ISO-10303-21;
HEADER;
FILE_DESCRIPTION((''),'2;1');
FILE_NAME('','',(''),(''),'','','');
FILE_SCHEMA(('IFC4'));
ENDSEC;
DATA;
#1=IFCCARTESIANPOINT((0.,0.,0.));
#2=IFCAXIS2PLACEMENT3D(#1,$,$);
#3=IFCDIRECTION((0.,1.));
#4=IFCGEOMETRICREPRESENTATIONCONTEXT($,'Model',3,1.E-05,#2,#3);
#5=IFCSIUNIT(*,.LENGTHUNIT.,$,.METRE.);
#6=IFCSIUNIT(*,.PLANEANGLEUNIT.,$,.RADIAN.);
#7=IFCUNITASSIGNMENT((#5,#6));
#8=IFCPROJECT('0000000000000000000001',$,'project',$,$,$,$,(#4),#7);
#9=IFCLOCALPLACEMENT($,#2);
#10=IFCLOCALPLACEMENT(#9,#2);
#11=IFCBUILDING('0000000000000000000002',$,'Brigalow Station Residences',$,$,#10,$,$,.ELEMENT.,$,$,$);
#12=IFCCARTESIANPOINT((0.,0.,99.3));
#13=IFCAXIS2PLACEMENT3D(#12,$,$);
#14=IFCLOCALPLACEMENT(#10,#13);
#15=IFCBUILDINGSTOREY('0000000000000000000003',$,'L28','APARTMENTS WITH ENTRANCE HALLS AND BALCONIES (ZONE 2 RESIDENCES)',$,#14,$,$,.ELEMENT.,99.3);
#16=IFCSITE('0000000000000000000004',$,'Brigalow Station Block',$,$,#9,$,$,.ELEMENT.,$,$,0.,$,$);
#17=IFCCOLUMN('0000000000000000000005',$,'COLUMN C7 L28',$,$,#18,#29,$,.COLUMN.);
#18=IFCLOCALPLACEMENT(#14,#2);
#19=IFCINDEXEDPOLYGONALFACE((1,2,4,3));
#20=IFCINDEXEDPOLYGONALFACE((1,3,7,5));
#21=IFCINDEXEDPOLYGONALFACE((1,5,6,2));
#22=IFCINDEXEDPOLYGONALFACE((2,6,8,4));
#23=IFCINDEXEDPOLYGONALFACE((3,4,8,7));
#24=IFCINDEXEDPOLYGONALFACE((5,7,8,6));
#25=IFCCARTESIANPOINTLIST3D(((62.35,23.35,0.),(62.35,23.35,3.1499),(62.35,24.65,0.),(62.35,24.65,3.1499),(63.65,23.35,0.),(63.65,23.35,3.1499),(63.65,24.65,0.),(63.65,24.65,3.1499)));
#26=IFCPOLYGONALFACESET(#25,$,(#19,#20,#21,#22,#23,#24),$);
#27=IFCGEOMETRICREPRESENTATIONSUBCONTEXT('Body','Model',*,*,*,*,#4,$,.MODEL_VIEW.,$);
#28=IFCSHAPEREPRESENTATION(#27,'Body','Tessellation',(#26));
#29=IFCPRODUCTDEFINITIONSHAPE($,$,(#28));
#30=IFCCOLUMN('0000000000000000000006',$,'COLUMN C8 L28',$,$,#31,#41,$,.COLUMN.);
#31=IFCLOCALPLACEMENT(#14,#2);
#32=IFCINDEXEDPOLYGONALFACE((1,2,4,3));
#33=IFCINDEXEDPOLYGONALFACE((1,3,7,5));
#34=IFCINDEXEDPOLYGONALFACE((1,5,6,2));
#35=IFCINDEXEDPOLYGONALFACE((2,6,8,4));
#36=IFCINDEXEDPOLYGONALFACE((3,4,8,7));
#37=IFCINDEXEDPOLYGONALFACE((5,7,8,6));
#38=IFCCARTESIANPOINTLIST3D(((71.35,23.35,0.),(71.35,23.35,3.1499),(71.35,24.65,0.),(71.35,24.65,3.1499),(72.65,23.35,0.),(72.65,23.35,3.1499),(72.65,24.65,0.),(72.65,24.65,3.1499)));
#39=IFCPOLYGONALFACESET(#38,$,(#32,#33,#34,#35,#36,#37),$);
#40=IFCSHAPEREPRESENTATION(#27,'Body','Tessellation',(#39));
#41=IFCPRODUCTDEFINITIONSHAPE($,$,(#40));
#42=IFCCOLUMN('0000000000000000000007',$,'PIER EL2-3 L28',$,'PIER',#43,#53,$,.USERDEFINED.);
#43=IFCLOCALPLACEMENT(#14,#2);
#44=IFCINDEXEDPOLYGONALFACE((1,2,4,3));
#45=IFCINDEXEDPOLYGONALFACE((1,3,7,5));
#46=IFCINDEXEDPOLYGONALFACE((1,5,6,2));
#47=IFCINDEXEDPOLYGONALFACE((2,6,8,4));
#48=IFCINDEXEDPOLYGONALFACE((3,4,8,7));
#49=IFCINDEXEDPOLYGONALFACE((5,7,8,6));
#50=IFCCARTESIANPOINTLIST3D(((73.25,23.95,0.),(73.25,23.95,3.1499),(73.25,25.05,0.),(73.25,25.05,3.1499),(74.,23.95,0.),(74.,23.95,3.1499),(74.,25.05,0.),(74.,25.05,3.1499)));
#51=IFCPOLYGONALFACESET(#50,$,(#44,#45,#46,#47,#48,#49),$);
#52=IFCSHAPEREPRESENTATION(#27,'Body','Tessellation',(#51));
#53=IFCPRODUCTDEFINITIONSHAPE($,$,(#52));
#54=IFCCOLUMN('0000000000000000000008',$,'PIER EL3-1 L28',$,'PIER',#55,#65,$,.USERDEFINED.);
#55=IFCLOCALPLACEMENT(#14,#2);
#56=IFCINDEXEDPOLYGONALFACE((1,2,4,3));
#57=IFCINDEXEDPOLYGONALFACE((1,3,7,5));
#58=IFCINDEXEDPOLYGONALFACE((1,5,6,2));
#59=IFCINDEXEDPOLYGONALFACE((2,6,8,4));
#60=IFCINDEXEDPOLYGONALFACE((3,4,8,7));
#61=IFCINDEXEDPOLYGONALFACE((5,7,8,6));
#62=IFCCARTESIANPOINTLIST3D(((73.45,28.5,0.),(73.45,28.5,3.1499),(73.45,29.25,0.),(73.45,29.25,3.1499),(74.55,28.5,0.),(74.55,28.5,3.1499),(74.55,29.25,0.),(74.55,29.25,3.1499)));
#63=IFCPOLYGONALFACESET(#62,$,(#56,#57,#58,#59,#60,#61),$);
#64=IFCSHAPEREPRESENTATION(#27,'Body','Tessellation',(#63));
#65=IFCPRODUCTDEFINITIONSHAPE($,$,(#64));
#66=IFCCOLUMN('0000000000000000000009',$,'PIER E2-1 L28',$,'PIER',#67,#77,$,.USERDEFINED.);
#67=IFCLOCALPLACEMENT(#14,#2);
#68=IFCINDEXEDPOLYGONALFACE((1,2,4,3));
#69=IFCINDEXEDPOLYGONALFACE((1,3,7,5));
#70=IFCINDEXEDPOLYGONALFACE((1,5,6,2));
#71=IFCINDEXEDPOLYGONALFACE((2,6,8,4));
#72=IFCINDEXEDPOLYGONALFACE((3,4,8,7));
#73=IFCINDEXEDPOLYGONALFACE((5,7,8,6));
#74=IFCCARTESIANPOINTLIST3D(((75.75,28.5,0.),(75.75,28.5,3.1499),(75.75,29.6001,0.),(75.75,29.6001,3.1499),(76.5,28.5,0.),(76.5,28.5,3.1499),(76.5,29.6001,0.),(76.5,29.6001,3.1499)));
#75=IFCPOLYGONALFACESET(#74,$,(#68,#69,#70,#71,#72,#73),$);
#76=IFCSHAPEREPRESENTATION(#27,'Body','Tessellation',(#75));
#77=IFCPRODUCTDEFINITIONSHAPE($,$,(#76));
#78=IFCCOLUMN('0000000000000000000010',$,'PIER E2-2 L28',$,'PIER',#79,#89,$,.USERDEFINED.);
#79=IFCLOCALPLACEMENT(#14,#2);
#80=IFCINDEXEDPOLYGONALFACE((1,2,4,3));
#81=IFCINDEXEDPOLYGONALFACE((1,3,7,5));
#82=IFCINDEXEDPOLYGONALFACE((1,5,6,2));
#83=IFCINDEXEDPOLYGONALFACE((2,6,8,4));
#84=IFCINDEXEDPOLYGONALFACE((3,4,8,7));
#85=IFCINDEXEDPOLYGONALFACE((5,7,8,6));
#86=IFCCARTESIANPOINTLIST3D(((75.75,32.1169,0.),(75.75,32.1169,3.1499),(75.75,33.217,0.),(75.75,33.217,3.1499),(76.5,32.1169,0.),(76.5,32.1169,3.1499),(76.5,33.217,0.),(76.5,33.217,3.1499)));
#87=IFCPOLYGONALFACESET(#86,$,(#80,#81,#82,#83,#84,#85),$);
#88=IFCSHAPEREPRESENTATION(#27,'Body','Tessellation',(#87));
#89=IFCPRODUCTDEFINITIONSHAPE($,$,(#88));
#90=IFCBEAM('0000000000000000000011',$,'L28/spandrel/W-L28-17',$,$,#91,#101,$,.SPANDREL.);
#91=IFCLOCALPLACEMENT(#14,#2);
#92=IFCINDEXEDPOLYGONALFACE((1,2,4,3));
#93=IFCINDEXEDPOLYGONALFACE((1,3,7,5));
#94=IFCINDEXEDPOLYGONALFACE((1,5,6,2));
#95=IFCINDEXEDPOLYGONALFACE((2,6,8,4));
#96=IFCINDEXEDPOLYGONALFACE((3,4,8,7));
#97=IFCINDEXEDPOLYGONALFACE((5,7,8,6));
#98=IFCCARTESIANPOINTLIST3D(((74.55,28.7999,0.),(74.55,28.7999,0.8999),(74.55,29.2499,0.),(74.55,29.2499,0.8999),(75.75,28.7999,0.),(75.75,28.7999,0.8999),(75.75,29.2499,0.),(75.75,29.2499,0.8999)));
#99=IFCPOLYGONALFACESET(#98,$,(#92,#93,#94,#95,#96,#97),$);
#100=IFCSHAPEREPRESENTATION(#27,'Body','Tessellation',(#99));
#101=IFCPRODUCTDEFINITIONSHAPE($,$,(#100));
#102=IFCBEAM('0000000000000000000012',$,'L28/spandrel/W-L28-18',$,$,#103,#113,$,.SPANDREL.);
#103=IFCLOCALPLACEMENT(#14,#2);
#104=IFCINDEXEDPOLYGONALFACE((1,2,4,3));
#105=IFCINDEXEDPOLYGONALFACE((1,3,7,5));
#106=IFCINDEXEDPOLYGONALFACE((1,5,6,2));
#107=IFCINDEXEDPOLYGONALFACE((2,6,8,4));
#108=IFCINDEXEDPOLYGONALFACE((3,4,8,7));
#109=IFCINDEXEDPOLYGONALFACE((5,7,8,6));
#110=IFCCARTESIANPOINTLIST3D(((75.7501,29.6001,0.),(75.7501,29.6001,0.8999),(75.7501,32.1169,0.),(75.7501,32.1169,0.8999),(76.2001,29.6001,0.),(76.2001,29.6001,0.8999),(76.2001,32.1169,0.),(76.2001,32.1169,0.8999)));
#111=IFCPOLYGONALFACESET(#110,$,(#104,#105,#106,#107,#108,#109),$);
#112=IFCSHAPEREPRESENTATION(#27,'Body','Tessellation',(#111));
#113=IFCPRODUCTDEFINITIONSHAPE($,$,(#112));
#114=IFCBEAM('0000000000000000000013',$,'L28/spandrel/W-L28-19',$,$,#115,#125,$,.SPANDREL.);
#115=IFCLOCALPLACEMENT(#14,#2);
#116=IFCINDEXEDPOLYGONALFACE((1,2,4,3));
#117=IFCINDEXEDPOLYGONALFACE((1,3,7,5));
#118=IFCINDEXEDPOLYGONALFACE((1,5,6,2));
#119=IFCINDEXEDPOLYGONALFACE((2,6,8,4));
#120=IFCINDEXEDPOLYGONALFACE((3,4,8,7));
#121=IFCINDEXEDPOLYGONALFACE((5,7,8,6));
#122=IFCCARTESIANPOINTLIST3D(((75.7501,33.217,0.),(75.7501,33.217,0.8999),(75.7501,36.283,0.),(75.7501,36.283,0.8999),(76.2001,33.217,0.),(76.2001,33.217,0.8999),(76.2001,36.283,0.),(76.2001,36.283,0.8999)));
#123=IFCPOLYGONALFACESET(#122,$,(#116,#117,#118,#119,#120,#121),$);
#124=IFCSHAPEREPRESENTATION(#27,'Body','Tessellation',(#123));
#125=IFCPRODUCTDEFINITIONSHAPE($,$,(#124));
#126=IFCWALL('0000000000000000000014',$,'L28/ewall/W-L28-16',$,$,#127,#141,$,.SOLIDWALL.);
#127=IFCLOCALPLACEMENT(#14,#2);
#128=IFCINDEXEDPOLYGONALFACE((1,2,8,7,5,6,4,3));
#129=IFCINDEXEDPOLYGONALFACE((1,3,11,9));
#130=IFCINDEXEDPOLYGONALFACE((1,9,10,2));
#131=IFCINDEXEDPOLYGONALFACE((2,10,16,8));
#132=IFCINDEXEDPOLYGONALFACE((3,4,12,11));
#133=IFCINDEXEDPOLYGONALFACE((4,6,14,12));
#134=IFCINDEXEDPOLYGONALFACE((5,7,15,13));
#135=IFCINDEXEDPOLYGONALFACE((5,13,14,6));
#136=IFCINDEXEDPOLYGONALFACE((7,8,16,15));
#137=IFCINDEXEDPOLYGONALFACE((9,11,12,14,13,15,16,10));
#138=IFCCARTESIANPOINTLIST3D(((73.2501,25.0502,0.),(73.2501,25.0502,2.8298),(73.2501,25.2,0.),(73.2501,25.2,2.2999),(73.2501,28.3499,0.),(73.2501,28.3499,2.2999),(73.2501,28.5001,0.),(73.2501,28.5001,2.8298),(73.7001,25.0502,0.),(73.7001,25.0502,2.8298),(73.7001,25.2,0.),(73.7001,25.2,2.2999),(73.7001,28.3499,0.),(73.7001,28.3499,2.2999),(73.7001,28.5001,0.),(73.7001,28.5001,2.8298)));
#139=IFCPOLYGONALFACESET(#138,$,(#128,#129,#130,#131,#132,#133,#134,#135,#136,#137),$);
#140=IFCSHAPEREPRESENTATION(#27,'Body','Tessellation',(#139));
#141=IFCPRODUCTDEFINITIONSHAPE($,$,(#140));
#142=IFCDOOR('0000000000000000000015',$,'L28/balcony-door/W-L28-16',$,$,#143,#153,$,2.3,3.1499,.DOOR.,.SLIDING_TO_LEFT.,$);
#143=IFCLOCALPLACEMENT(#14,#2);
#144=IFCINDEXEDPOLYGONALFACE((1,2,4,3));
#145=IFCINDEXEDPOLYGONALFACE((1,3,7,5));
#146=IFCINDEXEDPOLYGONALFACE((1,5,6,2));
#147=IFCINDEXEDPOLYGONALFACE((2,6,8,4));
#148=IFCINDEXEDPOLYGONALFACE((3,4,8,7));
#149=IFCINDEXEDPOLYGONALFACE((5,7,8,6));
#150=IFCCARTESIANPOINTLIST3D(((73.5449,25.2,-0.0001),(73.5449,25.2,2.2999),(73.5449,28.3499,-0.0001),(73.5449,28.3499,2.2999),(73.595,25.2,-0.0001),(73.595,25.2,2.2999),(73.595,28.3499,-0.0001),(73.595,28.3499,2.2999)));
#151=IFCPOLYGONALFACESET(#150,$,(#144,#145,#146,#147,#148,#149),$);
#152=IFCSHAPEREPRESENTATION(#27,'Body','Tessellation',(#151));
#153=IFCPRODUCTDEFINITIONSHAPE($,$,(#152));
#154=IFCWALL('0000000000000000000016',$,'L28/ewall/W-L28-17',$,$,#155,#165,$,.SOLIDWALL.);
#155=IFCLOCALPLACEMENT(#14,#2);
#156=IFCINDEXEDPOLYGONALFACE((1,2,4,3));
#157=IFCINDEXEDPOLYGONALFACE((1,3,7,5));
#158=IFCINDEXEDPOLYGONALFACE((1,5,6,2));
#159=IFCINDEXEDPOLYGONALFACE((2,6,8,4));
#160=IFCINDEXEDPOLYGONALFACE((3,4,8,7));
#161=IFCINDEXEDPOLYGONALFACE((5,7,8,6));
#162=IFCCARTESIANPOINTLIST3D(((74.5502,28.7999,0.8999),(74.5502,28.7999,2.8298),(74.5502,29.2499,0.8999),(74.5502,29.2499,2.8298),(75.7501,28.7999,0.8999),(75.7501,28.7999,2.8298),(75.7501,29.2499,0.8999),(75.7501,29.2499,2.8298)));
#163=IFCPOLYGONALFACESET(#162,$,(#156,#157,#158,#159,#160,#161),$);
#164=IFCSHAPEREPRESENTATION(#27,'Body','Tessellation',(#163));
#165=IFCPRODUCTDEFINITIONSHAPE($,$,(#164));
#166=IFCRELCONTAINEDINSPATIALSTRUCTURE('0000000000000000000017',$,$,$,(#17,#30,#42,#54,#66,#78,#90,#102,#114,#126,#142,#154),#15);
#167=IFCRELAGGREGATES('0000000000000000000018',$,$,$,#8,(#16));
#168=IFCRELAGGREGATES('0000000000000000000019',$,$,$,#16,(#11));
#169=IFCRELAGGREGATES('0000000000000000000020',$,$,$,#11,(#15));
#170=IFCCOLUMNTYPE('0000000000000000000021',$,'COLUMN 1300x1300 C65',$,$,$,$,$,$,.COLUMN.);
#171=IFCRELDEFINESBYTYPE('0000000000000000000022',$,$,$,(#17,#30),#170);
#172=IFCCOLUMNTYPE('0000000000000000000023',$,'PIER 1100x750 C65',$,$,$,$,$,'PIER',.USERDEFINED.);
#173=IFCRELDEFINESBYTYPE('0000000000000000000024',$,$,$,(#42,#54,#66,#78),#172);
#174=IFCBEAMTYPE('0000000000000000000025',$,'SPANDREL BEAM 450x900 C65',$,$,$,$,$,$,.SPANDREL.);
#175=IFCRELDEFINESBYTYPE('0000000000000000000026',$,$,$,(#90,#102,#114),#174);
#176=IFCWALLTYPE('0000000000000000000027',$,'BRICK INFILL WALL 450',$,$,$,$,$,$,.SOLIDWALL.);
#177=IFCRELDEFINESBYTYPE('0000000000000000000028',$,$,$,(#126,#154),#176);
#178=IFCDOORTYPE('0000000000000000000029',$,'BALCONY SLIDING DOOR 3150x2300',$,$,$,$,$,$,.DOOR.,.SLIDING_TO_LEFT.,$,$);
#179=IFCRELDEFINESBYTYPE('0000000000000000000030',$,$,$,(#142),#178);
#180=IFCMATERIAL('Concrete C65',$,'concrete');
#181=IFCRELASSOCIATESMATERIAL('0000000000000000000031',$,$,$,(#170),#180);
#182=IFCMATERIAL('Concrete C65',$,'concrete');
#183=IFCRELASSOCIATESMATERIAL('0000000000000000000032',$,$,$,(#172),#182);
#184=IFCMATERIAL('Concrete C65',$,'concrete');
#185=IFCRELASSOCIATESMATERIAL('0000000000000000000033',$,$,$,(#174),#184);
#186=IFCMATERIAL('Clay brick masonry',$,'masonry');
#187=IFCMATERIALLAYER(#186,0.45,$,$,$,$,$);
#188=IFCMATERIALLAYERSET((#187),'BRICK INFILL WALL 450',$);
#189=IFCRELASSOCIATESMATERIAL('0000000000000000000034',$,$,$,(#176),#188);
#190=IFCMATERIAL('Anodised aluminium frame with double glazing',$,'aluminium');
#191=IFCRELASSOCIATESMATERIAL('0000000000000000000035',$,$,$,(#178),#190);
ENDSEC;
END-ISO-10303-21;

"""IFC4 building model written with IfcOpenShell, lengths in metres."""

from ifc_helpers import new_model, si_unit, direction, frame, frame_2d, origin, origin_2d, place, context, subcontext, project, spatial, rectangle, extrude, material, layer, layer_set, material_profile, profile_set, type_object, element, fill, save


model = new_model("IFC4")

# Units and contexts
model_context = context("Model", 3, precision=1e-05, world=origin(), true_north=direction((0.0, 1.0)))
body_context = subcontext(model_context, "Body", "Model", "MODEL_VIEW")
ifc_project = project(units=[si_unit("LENGTHUNIT", "METRE"), si_unit("PLANEANGLEUNIT", "RADIAN")], contexts=[model_context])

# Site, building, storey
site_placement = place(None, origin())
site = spatial("IfcSite", under=ifc_project, at=site_placement, Name="Brigalow Station Block", CompositionType="ELEMENT", RefElevation=0.0)
building_placement = place(site_placement, origin())
building = spatial("IfcBuilding", under=site, at=building_placement, Name="Brigalow Station Residences", CompositionType="ELEMENT")
storey_placement = place(building_placement, frame((0.0, 0.0, 99.3)))
storey = spatial("IfcBuildingStorey", under=building, at=storey_placement, Name="L28", Description="APARTMENTS WITH ENTRANCE HALLS AND BALCONIES (ZONE 2 RESIDENCES)", CompositionType="ELEMENT", Elevation=99.3)

# Columns
ifc_material_1 = material(Name="Concrete C65", Category="concrete")
ifc_material_profile_1 = material_profile(ifc_material_1, rectangle(XDim=1.3, YDim=1.3, at=origin_2d()), Name="RC1300x1300")
ifc_profile_set_1 = profile_set([ifc_material_profile_1], Name="Concrete C65")
column_type_1 = type_object("IfcColumnType", Name="COLUMN 1300x1300 C65", PredefinedType="COLUMN", material=ifc_profile_set_1)
for number, where, z_axis, x_axis, name in (
    (1, (63.0, 24.0, 0.0), (0.0, 0.0, 1.0), (1.0, 0.0, 0.0), "COLUMN C7 L28"),
    (2, (72.0, 24.0, 0.0), (0.0, 0.0, 1.0), (1.0, 0.0, 0.0), "COLUMN C8 L28"),
):
    element("IfcColumn", number, at=place(storey_placement, frame(where, z_axis=z_axis, x_axis=x_axis)), inside=storey, type_object=column_type_1, Name=name, PredefinedType="COLUMN", context=body_context, shape_type="SweptSolid", body=[
        extrude(rectangle(XDim=1.3, YDim=1.3, at=origin_2d()), origin(), (0.0, 0.0, 1.0), 3.1499),
    ])
ifc_material_2 = material(Name="Concrete C65", Category="concrete")
ifc_material_profile_2 = material_profile(ifc_material_2, rectangle(XDim=1.1001, YDim=0.75, at=origin_2d()), Name="RC1100x750")
ifc_profile_set_2 = profile_set([ifc_material_profile_2], Name="Concrete C65")
column_type_2 = type_object("IfcColumnType", Name="PIER 1100x750 C65", ElementType="PIER", PredefinedType="USERDEFINED", material=ifc_profile_set_2)
for number, where, z_axis, x_axis, name in (
    (3, (73.625, 24.5, 0.0), (0.0, 0.0, 1.0), (0.0, 1.0, 0.0), "PIER EL2-3 L28"),
    (4, (74.0, 28.875, 0.0), (0.0, 0.0, 1.0), (1.0, 0.0, 0.0), "PIER EL3-1 L28"),
    (5, (76.125, 29.05, 0.0), (0.0, 0.0, 1.0), (0.0, 1.0, 0.0), "PIER E2-1 L28"),
    (6, (76.125, 32.667, 0.0), (0.0, 0.0, 1.0), (0.0, 1.0, 0.0), "PIER E2-2 L28"),
):
    element("IfcColumn", number, at=place(storey_placement, frame(where, z_axis=z_axis, x_axis=x_axis)), inside=storey, type_object=column_type_2, Name=name, ObjectType="PIER", PredefinedType="USERDEFINED", context=body_context, shape_type="SweptSolid", body=[
        extrude(rectangle(XDim=1.1001, YDim=0.75, at=origin_2d()), origin(), (0.0, 0.0, 1.0), 3.1499),
    ])

# Beams
ifc_material_3 = material(Name="Concrete C65", Category="concrete")
ifc_material_profile_3 = material_profile(ifc_material_3, rectangle(XDim=0.45, YDim=0.8999, at=origin_2d()), Name="RC450x900")
ifc_profile_set_3 = profile_set([ifc_material_profile_3], Name="Concrete C65")
beam_type = type_object("IfcBeamType", Name="SPANDREL BEAM 450x900 C65", PredefinedType="SPANDREL", material=ifc_profile_set_3)
beam_1_placement = place(storey_placement, frame((74.55, 29.0249, 0.45), z_axis=(1.0, 0.0, 0.0), x_axis=(0.0, 1.0, 0.0)))
element("IfcBeam", 7, at=beam_1_placement, inside=storey, type_object=beam_type, Name="L28/spandrel/W-L28-17", PredefinedType="SPANDREL", context=body_context, shape_type="SweptSolid", body=[
    extrude(rectangle(XDim=0.45, YDim=0.8999, at=origin_2d()), origin(), (0.0, 0.0, 1.0), 1.2),
])
beam_2_placement = place(storey_placement, frame((75.9751, 29.6001, 0.45), z_axis=(0.0, 1.0, 0.0), x_axis=(-1.0, 0.0, 0.0)))
element("IfcBeam", 8, at=beam_2_placement, inside=storey, type_object=beam_type, Name="L28/spandrel/W-L28-18", PredefinedType="SPANDREL", context=body_context, shape_type="SweptSolid", body=[
    extrude(rectangle(XDim=0.45, YDim=0.8999, at=origin_2d()), origin(), (0.0, 0.0, 1.0), 2.5168),
])
beam_3_placement = place(storey_placement, frame((75.9751, 33.217, 0.45), z_axis=(0.0, 1.0, 0.0), x_axis=(-1.0, 0.0, 0.0)))
element("IfcBeam", 9, at=beam_3_placement, inside=storey, type_object=beam_type, Name="L28/spandrel/W-L28-19", PredefinedType="SPANDREL", context=body_context, shape_type="SweptSolid", body=[
    extrude(rectangle(XDim=0.45, YDim=0.8999, at=origin_2d()), origin(), (0.0, 0.0, 1.0), 3.0659),
])

# Wall, opening, door
ifc_material_4 = material(Name="Clay brick masonry", Category="masonry")
ifc_layer_1 = layer(ifc_material_4, 0.45)
ifc_layer_set_1 = layer_set([ifc_layer_1], Name="BRICK INFILL WALL 450")
wall_type_1 = type_object("IfcWallType", Name="BRICK INFILL WALL 450", PredefinedType="SOLIDWALL", material=ifc_layer_set_1)
wall_1_placement = place(storey_placement, frame((73.4751, 25.05, 0.0), z_axis=(0.0, 0.0, 1.0), x_axis=(0.0, 1.0, 0.0)))
wall_1 = element("IfcWall", 10, at=wall_1_placement, inside=storey, type_object=wall_type_1, Name="L28/ewall/W-L28-16", PredefinedType="SOLIDWALL", context=body_context, shape_type="SweptSolid", body=[
    extrude(rectangle(XDim=3.45, YDim=0.45, at=frame_2d((1.7251, 0.0))), origin(), (0.0, 0.0, 1.0), 2.8298),
])
opening_1_placement = place(wall_1_placement, frame((0.1499, 0.0, 0.0)))
opening_1 = element("IfcOpeningElement", 11, at=opening_1_placement, cuts=wall_1, PredefinedType="OPENING", context=body_context, shape_type="SweptSolid", body=[
    extrude(rectangle(XDim=3.1499, YDim=2.3, at=frame_2d((1.575, 1.1499))), frame((0.0, 0.2349, 0.0), z_axis=(0.0, -1.0, 0.0), x_axis=(1.0, 0.0, 0.0)), (0.0, 0.0, 1.0), 0.47),
])
ifc_material_5 = material(Name="Anodised aluminium frame with double glazing", Category="aluminium")
door_type_1 = type_object("IfcDoorType", Name="BALCONY SLIDING DOOR 3150x2300", OperationType="SLIDING_TO_LEFT", PredefinedType="DOOR", material=ifc_material_5)
door_1_placement = place(opening_1_placement, origin())
door_1 = element("IfcDoor", 12, at=door_1_placement, inside=storey, type_object=door_type_1, Name="L28/balcony-door/W-L28-16", OperationType="SLIDING_TO_LEFT", OverallHeight=2.3, OverallWidth=3.1499, PredefinedType="DOOR", context=body_context, shape_type="SweptSolid", body=[
    extrude(rectangle(XDim=3.1499, YDim=2.3, at=frame_2d((1.575, 1.1499))), frame((0.0, -0.0698, 0.0), z_axis=(0.0, -1.0, 0.0), x_axis=(1.0, 0.0, 0.0)), (0.0, 0.0, 1.0), 0.05),
])
fill(opening_1, door_1)

# Wall
wall_2_placement = place(storey_placement, frame((74.55, 29.0249, 0.8999), z_axis=(0.0, 0.0, 1.0), x_axis=(1.0, 0.0, 0.0)))
element("IfcWall", 13, at=wall_2_placement, inside=storey, type_object=wall_type_1, Name="L28/ewall/W-L28-17", PredefinedType="SOLIDWALL", context=body_context, shape_type="SweptSolid", body=[
    extrude(rectangle(XDim=1.2, YDim=0.45, at=frame_2d((0.6001, 0.0))), origin(), (0.0, 0.0, 1.0), 1.9299),
])

save(model, "model.ifc")
